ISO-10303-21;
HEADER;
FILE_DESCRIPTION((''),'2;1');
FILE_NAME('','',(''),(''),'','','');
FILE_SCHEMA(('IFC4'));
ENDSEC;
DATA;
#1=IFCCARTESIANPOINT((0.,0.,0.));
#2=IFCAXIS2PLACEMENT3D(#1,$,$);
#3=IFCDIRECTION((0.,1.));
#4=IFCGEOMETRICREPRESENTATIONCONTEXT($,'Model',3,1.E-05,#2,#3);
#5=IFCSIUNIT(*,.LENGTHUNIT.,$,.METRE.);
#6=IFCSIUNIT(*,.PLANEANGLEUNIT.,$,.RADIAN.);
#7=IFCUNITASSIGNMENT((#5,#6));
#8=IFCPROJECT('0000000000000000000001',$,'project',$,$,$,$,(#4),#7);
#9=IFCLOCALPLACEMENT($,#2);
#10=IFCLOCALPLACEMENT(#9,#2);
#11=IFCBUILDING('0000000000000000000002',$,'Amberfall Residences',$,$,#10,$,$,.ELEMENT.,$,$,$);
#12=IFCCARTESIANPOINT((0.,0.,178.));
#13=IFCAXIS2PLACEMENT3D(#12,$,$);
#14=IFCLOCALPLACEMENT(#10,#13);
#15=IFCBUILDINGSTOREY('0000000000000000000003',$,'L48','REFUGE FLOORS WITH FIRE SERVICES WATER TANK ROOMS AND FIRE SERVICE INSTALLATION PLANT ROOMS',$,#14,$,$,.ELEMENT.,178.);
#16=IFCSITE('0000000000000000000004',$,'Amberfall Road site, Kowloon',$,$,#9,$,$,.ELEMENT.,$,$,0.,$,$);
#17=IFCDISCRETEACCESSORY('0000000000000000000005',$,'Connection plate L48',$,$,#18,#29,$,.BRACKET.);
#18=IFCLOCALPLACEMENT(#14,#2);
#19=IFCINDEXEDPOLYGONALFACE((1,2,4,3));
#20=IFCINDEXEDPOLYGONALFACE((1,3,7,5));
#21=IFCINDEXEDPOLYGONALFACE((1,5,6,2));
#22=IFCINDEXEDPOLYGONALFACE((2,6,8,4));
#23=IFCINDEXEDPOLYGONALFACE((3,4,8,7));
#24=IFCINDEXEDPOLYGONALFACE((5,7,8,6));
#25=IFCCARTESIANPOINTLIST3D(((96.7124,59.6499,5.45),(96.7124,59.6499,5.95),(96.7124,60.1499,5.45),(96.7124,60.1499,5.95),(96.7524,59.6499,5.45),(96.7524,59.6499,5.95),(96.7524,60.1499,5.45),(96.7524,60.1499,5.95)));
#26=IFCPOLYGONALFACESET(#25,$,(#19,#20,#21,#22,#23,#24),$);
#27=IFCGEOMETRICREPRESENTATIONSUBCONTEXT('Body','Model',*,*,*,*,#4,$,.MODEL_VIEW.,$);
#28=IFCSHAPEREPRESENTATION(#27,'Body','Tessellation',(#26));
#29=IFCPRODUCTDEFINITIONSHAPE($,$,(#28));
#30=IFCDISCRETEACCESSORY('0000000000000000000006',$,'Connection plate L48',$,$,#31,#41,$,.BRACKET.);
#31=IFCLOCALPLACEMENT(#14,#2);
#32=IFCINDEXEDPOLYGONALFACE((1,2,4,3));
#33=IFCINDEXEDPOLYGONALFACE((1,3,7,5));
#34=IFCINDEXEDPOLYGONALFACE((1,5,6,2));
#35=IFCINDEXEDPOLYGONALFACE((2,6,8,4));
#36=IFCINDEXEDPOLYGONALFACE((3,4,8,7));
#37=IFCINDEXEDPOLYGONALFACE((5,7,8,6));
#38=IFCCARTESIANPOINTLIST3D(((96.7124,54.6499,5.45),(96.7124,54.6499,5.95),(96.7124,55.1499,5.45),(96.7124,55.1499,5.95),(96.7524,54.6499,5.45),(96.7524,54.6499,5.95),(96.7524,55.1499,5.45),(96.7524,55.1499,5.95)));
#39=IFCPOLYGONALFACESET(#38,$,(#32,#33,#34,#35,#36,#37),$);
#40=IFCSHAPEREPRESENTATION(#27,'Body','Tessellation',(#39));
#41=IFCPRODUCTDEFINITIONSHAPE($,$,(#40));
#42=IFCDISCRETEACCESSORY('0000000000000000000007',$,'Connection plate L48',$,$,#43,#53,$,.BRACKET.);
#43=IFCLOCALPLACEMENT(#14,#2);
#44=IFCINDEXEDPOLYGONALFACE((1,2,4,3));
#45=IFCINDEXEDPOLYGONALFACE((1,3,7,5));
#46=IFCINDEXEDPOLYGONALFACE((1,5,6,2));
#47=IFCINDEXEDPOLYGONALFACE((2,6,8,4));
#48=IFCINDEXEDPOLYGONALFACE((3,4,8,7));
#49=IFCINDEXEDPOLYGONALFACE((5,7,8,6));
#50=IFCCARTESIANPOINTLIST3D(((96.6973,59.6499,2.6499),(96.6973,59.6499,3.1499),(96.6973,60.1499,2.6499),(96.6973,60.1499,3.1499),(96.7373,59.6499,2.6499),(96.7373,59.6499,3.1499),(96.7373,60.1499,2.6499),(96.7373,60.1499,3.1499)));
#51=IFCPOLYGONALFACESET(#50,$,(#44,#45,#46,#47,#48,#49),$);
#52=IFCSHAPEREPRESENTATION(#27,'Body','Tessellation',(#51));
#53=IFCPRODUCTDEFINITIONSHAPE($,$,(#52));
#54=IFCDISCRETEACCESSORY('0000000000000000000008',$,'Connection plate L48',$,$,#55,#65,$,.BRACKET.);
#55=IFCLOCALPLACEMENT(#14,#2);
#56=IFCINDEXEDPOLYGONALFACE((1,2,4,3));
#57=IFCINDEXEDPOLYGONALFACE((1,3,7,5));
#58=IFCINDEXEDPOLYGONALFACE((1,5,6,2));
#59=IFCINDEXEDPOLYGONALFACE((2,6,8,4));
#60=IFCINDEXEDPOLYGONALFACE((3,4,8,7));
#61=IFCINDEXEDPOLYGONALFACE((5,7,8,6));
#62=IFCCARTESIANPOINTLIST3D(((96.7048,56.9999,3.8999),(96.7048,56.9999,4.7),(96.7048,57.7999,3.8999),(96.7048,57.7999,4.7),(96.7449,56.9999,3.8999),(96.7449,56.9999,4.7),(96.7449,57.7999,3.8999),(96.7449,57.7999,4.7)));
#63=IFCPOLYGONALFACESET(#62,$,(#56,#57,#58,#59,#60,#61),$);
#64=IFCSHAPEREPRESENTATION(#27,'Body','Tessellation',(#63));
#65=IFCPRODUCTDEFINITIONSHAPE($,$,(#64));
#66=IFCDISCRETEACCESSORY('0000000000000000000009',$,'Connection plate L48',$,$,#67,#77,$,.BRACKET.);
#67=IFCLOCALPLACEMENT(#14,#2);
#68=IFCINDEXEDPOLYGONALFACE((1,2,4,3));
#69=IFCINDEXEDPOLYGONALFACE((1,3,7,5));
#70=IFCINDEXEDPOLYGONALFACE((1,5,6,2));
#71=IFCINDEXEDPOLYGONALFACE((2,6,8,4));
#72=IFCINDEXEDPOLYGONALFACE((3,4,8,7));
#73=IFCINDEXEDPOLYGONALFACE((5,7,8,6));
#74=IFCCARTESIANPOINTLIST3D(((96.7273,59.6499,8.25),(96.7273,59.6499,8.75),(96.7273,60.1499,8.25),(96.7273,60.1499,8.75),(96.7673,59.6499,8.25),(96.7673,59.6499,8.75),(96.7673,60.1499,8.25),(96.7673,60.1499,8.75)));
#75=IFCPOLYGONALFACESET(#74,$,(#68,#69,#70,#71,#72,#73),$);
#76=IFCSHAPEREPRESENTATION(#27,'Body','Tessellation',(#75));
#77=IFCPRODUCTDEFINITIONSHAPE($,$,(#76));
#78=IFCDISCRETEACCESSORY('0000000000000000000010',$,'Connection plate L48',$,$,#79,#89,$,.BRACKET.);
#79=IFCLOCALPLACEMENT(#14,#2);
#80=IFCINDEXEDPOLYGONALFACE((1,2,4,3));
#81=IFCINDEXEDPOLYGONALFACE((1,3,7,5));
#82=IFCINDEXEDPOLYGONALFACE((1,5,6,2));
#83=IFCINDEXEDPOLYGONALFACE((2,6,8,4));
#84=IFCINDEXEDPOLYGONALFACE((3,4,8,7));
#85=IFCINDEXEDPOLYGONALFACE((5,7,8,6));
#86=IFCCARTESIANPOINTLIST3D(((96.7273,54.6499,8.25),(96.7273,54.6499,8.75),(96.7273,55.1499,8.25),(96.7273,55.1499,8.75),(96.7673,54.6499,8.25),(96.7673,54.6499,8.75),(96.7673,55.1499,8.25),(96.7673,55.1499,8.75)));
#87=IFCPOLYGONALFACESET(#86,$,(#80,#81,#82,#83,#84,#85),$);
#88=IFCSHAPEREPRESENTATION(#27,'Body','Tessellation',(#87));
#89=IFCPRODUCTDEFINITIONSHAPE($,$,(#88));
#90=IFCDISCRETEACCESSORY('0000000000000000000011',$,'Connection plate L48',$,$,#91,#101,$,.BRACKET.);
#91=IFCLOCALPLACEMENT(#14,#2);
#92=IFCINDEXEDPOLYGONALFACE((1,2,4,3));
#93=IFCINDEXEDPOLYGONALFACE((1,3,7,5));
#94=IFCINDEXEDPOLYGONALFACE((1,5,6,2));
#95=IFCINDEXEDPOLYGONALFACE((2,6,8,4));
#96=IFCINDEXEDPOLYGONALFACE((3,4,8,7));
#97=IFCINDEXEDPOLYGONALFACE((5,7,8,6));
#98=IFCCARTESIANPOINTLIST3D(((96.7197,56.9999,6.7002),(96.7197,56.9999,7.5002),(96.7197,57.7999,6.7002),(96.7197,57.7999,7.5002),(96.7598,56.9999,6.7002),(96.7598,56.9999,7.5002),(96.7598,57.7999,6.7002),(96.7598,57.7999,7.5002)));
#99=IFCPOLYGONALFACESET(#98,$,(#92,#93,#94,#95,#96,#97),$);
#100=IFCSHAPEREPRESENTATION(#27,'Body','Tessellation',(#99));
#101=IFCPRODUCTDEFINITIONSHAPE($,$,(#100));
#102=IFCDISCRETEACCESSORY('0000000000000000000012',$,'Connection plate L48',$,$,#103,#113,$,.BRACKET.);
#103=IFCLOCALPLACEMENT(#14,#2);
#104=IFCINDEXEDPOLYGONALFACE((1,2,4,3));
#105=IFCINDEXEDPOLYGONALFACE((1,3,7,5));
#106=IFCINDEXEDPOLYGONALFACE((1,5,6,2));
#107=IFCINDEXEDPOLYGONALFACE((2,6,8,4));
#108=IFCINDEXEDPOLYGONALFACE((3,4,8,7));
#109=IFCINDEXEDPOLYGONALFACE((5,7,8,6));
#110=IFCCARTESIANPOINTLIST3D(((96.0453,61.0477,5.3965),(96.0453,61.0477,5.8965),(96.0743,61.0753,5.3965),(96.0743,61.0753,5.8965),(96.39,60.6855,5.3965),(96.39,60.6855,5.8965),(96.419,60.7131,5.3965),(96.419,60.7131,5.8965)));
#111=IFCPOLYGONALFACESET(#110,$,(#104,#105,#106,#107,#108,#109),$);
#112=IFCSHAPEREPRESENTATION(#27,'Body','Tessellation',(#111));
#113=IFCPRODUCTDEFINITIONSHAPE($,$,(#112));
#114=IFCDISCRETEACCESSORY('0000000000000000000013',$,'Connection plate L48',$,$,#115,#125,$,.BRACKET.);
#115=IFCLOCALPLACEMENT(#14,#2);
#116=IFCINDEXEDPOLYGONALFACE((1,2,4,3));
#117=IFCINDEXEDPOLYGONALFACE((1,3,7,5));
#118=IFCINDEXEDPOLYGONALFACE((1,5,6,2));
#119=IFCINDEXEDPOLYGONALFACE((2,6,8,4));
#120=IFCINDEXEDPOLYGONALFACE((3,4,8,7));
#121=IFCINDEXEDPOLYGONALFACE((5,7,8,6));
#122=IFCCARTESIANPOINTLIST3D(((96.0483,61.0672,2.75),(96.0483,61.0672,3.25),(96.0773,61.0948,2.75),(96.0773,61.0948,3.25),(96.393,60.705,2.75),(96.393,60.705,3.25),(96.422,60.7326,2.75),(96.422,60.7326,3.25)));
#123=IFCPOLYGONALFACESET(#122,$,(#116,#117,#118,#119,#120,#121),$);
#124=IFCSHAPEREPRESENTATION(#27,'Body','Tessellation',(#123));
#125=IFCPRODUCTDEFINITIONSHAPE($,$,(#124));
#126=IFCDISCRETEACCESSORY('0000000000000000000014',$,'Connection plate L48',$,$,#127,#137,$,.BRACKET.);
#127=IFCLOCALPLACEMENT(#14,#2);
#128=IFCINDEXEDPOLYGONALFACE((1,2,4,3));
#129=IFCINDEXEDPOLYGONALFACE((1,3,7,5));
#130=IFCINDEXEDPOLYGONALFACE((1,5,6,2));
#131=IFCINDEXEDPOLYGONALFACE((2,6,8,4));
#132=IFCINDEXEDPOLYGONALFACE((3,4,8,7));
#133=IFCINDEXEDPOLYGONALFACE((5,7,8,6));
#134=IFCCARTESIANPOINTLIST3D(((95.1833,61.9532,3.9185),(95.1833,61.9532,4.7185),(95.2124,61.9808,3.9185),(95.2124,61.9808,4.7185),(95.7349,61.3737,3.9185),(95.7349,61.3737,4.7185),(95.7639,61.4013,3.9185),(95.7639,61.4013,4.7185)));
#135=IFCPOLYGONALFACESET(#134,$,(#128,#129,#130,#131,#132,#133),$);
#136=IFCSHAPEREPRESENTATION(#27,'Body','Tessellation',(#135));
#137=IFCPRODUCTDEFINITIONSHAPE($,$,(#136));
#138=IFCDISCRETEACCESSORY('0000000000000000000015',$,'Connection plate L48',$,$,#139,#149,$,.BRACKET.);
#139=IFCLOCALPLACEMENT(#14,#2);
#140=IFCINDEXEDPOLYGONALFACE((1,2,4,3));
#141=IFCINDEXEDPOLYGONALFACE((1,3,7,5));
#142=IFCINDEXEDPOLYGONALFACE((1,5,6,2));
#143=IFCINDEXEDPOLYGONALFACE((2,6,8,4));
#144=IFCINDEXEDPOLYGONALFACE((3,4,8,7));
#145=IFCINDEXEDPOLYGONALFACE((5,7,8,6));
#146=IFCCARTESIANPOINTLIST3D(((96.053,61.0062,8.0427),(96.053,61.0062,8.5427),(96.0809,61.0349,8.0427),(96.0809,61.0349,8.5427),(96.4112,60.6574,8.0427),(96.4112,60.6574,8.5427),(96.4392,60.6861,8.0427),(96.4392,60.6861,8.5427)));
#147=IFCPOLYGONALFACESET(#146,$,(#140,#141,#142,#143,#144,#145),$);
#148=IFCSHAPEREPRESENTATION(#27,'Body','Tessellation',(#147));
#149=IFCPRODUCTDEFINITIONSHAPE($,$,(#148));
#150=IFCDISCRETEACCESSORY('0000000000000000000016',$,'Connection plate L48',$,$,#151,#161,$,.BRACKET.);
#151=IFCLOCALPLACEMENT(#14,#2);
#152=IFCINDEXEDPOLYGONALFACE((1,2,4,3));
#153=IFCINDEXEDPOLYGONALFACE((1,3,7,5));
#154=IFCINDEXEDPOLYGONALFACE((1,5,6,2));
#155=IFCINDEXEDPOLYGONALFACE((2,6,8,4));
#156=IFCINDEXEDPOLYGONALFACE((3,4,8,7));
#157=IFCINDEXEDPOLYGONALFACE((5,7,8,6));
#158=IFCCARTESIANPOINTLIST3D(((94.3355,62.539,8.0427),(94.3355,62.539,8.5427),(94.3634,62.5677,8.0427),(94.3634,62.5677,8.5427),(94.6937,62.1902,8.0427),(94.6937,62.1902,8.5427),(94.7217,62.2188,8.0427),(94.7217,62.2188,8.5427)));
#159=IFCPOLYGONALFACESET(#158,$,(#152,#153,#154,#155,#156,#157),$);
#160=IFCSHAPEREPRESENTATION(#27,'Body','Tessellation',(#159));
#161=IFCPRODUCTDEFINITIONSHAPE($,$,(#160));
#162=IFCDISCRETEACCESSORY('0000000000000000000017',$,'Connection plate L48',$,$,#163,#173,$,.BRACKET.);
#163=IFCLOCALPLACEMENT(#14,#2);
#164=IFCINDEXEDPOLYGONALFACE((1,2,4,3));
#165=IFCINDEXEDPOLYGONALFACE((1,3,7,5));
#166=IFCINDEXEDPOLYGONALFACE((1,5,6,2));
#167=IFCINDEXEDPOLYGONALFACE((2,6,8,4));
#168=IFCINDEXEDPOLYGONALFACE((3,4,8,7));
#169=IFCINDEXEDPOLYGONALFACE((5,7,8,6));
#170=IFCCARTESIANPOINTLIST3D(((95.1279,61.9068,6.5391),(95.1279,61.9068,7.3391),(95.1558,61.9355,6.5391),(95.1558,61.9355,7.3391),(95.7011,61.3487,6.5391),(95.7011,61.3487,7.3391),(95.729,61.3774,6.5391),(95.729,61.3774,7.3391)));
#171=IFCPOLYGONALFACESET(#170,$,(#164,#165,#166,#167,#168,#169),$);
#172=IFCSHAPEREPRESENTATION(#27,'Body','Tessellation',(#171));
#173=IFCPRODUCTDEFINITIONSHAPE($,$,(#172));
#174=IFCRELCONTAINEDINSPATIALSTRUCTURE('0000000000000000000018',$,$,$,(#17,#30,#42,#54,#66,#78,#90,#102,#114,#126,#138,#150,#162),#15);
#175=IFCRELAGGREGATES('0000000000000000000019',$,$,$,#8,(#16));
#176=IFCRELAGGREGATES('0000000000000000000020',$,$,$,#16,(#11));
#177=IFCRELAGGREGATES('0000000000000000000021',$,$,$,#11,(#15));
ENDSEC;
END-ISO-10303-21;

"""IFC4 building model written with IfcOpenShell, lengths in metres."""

from ifc_helpers import new_model, si_unit, direction, frame, origin, origin_2d, place, context, subcontext, project, spatial, rectangle, extrude, element, save


model = new_model("IFC4")

# Units and contexts
model_context = context("Model", 3, precision=1e-05, world=origin(), true_north=direction((0.0, 1.0)))
body_context = subcontext(model_context, "Body", "Model", "MODEL_VIEW")
ifc_project = project(units=[si_unit("LENGTHUNIT", "METRE"), si_unit("PLANEANGLEUNIT", "RADIAN")], contexts=[model_context])

# Site, building, storey
site_placement = place(None, origin())
site = spatial("IfcSite", under=ifc_project, at=site_placement, Name="Amberfall Road site, Kowloon", CompositionType="ELEMENT", RefElevation=0.0)
building_placement = place(site_placement, origin())
building = spatial("IfcBuilding", under=site, at=building_placement, Name="Amberfall Residences", CompositionType="ELEMENT")
storey_placement = place(building_placement, frame((0.0, 0.0, 178.0)))
storey = spatial("IfcBuildingStorey", under=building, at=storey_placement, Name="L48", Description="REFUGE FLOORS WITH FIRE SERVICES WATER TANK ROOMS AND FIRE SERVICE INSTALLATION PLANT ROOMS", CompositionType="ELEMENT", Elevation=178.0)

# Discrete accessories
for number, where, z_axis, x_axis, name in (
    (1, (96.7324, 59.8999, 5.45), (0.0, 0.0, 1.0), (0.0, 1.0, 0.0), "Connection plate L48"),
    (2, (96.7324, 54.8999, 5.45), (0.0, 0.0, 1.0), (0.0, 1.0, 0.0), "Connection plate L48"),
    (3, (96.7173, 59.8999, 2.6499), (0.0, 0.0, 1.0), (0.0, 1.0, 0.0), "Connection plate L48"),
):
    element("IfcDiscreteAccessory", number, at=place(storey_placement, frame(where, z_axis=z_axis, x_axis=x_axis)), inside=storey, Name=name, PredefinedType="BRACKET", context=body_context, shape_type="SweptSolid", body=[
        extrude(rectangle(XDim=0.5, YDim=0.04, at=origin_2d()), origin(), (0.0, 0.0, 1.0), 0.5),
    ])
discrete_accessory_1_placement = place(storey_placement, frame((96.7249, 57.3999, 3.8999), z_axis=(0.0, 0.0, 1.0), x_axis=(0.0, 1.0, 0.0)))
element("IfcDiscreteAccessory", 4, at=discrete_accessory_1_placement, inside=storey, Name="Connection plate L48", PredefinedType="BRACKET", context=body_context, shape_type="SweptSolid", body=[
    extrude(rectangle(XDim=0.8, YDim=0.04, at=origin_2d()), origin(), (0.0, 0.0, 1.0), 0.8),
])
for number, where, z_axis, x_axis, name in (
    (5, (96.7473, 59.8999, 8.25), (0.0, 0.0, 1.0), (0.0, 1.0, 0.0), "Connection plate L48"),
    (6, (96.7473, 54.8999, 8.25), (0.0, 0.0, 1.0), (0.0, 1.0, 0.0), "Connection plate L48"),
):
    element("IfcDiscreteAccessory", number, at=place(storey_placement, frame(where, z_axis=z_axis, x_axis=x_axis)), inside=storey, Name=name, PredefinedType="BRACKET", context=body_context, shape_type="SweptSolid", body=[
        extrude(rectangle(XDim=0.5, YDim=0.04, at=origin_2d()), origin(), (0.0, 0.0, 1.0), 0.5),
    ])
discrete_accessory_2_placement = place(storey_placement, frame((96.7397, 57.3999, 6.7002), z_axis=(0.0, 0.0, 1.0), x_axis=(0.0, 1.0, 0.0)))
element("IfcDiscreteAccessory", 7, at=discrete_accessory_2_placement, inside=storey, Name="Connection plate L48", PredefinedType="BRACKET", context=body_context, shape_type="SweptSolid", body=[
    extrude(rectangle(XDim=0.8, YDim=0.04, at=origin_2d()), origin(), (0.0, 0.0, 1.0), 0.8),
])
for number, where, z_axis, x_axis, name in (
    (8, (96.2322, 60.8804, 5.3965), (0.0, 0.0, 1.0), (0.689417, -0.724364, 0.0), "Connection plate L48"),
    (9, (96.2351, 60.8999, 2.75), (0.0, 0.0, 1.0), (0.689417, -0.724364, 0.0), "Connection plate L48"),
):
    element("IfcDiscreteAccessory", number, at=place(storey_placement, frame(where, z_axis=z_axis, x_axis=x_axis)), inside=storey, Name=name, PredefinedType="BRACKET", context=body_context, shape_type="SweptSolid", body=[
        extrude(rectangle(XDim=0.5, YDim=0.04, at=origin_2d()), origin(), (0.0, 0.0, 1.0), 0.5),
    ])
discrete_accessory_3_placement = place(storey_placement, frame((95.4736, 61.6772, 3.9185), z_axis=(0.0, 0.0, 1.0), x_axis=(0.689417, -0.724364, 0.0)))
element("IfcDiscreteAccessory", 10, at=discrete_accessory_3_placement, inside=storey, Name="Connection plate L48", PredefinedType="BRACKET", context=body_context, shape_type="SweptSolid", body=[
    extrude(rectangle(XDim=0.8, YDim=0.04, at=origin_2d()), origin(), (0.0, 0.0, 1.0), 0.8),
])
for number, where, z_axis, x_axis, name in (
    (11, (96.2461, 60.8462, 8.0427), (0.0, 0.0, 1.0), (0.716485, -0.697603, 0.0), "Connection plate L48"),
    (12, (94.5286, 62.3789, 8.0427), (0.0, 0.0, 1.0), (0.716485, -0.697603, 0.0), "Connection plate L48"),
):
    element("IfcDiscreteAccessory", number, at=place(storey_placement, frame(where, z_axis=z_axis, x_axis=x_axis)), inside=storey, Name=name, PredefinedType="BRACKET", context=body_context, shape_type="SweptSolid", body=[
        extrude(rectangle(XDim=0.5, YDim=0.04, at=origin_2d()), origin(), (0.0, 0.0, 1.0), 0.5),
    ])
discrete_accessory_4_placement = place(storey_placement, frame((95.4285, 61.6421, 6.5391), z_axis=(0.0, 0.0, 1.0), x_axis=(0.716485, -0.697603, 0.0)))
element("IfcDiscreteAccessory", 13, at=discrete_accessory_4_placement, inside=storey, Name="Connection plate L48", PredefinedType="BRACKET", context=body_context, shape_type="SweptSolid", body=[
    extrude(rectangle(XDim=0.8, YDim=0.04, at=origin_2d()), origin(), (0.0, 0.0, 1.0), 0.8),
])

save(model, "model.ifc")
